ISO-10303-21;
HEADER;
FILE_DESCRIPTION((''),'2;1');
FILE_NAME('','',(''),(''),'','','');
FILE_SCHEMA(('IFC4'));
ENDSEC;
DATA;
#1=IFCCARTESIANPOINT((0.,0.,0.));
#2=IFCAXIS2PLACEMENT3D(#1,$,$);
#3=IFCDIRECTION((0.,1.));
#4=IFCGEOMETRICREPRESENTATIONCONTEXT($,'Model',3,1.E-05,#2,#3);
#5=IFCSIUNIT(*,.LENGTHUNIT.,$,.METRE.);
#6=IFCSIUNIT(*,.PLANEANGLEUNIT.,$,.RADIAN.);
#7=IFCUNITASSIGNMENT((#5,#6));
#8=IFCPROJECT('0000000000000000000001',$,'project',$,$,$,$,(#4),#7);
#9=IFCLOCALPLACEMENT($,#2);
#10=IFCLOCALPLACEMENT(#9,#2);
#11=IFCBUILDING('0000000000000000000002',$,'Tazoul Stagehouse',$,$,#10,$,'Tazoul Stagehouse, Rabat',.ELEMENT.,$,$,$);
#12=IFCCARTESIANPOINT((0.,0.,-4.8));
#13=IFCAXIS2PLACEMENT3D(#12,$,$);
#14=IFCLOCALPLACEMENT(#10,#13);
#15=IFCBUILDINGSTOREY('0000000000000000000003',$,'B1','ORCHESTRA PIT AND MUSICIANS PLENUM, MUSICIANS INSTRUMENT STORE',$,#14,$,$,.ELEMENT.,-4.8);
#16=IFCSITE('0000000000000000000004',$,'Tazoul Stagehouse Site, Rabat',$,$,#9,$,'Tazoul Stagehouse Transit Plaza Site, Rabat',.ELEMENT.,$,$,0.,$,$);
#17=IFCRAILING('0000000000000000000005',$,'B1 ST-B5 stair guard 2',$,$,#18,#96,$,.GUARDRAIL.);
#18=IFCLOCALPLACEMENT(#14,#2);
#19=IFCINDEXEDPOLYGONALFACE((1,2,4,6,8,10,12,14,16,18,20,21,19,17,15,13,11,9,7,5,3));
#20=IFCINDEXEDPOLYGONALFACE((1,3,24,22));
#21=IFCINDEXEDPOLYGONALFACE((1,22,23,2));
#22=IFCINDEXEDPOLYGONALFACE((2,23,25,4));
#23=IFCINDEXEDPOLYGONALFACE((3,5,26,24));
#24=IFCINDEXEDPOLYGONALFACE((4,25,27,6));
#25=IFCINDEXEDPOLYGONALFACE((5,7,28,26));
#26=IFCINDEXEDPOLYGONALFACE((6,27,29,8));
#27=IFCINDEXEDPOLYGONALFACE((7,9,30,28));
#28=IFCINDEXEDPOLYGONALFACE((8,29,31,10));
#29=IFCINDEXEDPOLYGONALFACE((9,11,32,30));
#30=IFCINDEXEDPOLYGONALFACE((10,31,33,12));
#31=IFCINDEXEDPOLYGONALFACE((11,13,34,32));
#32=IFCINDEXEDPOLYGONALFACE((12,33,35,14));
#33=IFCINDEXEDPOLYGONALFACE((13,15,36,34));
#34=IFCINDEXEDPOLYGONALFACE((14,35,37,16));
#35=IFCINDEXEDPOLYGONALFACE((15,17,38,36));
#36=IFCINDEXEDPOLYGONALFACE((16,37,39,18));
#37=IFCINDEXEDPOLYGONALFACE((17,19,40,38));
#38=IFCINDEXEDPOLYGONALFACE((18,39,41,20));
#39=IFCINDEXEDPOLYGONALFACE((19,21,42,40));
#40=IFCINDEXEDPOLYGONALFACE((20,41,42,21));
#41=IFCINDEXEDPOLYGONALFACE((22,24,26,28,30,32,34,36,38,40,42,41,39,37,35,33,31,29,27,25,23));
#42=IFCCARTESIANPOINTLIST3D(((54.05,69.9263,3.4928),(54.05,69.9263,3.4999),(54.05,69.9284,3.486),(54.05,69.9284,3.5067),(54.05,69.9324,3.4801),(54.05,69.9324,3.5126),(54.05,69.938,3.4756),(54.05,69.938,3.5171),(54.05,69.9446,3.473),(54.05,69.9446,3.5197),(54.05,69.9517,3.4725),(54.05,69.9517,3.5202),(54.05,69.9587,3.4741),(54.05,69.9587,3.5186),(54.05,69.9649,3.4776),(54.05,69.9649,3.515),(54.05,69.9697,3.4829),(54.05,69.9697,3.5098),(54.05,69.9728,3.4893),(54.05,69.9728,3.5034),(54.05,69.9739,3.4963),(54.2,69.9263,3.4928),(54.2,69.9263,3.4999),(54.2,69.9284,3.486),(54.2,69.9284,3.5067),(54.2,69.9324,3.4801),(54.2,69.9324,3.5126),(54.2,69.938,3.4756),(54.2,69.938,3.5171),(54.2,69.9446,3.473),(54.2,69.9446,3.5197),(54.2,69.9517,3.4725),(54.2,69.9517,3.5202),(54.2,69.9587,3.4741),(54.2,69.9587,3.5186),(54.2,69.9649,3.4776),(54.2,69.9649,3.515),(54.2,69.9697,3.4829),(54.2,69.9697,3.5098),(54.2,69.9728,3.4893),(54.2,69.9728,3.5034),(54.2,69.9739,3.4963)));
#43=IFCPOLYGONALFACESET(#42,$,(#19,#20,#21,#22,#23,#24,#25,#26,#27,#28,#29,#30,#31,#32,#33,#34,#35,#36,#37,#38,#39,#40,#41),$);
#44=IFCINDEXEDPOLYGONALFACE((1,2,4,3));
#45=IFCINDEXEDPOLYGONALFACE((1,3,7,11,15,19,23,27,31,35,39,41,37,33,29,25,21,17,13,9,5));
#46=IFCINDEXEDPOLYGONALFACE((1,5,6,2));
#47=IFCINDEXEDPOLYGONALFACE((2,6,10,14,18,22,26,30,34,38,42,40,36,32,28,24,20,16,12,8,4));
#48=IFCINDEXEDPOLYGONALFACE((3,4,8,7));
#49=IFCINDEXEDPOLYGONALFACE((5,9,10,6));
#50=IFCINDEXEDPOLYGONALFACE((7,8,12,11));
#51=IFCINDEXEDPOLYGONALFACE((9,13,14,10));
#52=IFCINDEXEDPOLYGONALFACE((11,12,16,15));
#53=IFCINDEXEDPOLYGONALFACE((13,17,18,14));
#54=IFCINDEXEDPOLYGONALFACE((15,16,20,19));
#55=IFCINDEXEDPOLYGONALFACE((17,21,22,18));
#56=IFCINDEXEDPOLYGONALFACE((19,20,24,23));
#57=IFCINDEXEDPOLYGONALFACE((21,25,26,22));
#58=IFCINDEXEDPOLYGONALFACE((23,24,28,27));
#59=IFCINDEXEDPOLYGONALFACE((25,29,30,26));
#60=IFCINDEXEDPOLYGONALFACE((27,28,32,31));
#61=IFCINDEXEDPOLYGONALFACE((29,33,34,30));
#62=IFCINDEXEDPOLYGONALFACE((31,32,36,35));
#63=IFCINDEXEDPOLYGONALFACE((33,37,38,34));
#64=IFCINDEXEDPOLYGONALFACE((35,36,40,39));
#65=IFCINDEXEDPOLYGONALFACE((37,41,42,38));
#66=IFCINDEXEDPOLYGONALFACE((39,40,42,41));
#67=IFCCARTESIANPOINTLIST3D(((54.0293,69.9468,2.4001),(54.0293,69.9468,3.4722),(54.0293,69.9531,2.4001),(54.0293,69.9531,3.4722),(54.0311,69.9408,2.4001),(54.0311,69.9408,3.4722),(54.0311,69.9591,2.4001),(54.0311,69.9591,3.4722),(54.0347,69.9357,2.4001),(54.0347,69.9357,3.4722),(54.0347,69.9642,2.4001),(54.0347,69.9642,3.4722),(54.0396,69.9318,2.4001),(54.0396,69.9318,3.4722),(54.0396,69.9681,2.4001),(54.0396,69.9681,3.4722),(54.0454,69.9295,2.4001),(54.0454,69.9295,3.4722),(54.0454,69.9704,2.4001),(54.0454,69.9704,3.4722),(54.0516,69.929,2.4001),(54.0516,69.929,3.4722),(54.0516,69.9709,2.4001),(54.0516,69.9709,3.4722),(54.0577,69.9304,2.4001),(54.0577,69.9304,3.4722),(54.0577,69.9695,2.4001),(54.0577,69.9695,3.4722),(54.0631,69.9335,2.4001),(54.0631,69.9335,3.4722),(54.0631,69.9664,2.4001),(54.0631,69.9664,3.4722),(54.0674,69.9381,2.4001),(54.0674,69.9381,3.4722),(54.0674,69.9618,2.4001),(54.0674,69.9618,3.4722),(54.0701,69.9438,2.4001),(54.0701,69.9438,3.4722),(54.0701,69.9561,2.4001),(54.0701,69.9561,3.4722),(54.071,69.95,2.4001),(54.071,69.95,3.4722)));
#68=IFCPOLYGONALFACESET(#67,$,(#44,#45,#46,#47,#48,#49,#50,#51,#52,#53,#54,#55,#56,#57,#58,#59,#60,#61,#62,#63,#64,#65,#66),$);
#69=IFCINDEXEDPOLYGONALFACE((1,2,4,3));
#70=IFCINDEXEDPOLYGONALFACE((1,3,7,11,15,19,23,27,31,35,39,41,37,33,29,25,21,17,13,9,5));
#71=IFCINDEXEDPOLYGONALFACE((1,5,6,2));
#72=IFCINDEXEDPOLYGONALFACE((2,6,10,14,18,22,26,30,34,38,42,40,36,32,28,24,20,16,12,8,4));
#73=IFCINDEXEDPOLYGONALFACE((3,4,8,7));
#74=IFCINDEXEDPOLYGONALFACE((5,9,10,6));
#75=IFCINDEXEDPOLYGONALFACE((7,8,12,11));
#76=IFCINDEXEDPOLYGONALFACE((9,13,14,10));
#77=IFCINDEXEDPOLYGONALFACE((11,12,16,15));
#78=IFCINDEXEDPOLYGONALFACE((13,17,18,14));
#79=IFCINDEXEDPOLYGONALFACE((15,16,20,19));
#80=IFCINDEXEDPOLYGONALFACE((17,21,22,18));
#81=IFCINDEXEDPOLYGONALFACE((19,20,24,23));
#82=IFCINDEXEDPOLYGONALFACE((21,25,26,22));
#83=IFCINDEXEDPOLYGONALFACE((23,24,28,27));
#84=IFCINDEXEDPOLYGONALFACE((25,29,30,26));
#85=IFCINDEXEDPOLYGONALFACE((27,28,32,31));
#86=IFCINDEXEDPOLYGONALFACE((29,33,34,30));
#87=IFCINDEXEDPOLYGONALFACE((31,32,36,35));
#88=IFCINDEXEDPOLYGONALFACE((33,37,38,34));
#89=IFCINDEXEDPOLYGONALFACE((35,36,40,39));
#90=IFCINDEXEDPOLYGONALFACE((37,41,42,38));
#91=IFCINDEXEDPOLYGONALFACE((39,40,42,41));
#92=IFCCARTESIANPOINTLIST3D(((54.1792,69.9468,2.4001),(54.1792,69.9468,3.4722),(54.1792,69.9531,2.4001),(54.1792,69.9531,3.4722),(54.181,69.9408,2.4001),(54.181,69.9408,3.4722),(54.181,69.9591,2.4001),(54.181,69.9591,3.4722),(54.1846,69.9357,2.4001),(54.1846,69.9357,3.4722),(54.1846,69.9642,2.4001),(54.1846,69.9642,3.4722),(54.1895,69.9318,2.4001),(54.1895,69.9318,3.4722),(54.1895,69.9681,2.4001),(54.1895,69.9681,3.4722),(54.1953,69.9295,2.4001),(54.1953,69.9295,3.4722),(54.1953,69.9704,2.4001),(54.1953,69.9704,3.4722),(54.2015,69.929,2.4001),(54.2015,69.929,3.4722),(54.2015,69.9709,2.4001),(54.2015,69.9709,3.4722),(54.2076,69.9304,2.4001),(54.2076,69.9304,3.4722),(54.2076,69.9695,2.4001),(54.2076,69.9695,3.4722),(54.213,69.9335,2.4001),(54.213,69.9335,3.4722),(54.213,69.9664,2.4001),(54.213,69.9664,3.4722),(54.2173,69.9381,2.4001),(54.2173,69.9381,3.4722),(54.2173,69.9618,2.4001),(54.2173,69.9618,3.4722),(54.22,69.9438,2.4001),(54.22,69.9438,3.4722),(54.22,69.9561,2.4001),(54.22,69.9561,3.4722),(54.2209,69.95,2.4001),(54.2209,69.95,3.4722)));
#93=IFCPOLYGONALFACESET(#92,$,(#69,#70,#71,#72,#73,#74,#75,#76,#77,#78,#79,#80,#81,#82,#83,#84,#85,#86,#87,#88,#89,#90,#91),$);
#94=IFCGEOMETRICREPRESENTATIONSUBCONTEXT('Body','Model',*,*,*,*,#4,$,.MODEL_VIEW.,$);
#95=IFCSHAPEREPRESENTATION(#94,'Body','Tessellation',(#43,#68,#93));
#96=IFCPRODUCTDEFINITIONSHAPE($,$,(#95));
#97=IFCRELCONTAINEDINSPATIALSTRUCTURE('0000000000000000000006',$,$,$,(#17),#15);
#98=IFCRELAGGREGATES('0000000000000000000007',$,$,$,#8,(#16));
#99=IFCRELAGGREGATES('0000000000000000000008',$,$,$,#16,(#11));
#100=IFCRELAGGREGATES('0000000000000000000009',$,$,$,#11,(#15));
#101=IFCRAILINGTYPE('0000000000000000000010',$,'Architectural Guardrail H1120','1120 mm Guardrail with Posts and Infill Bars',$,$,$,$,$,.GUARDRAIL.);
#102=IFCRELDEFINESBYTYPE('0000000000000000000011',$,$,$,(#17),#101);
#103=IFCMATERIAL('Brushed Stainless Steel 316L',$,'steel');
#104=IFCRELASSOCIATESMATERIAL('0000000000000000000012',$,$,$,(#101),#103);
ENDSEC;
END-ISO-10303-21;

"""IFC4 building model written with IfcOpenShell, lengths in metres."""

from ifc_helpers import new_model, si_unit, direction, frame, origin, origin_2d, place, context, subcontext, project, spatial, circle, extrude, material, material_profile, profile_set, type_object, element, save


model = new_model("IFC4")

# Units and contexts
model_context = context("Model", 3, precision=1e-05, world=origin(), true_north=direction((0.0, 1.0)))
body_context = subcontext(model_context, "Body", "Model", "MODEL_VIEW")
ifc_project = project(units=[si_unit("LENGTHUNIT", "METRE"), si_unit("PLANEANGLEUNIT", "RADIAN")], contexts=[model_context])

# Site, building, storey
site_placement = place(None, origin())
site = spatial("IfcSite", under=ifc_project, at=site_placement, Name="Tazoul Stagehouse Site, Rabat", LongName="Tazoul Stagehouse Transit Plaza Site, Rabat", CompositionType="ELEMENT", RefElevation=0.0)
building_placement = place(site_placement, origin())
building = spatial("IfcBuilding", under=site, at=building_placement, Name="Tazoul Stagehouse", LongName="Tazoul Stagehouse, Rabat", CompositionType="ELEMENT")
storey_placement = place(building_placement, frame((0.0, 0.0, -4.8)))
storey = spatial("IfcBuildingStorey", under=building, at=storey_placement, Name="B1", Description="ORCHESTRA PIT AND MUSICIANS PLENUM, MUSICIANS INSTRUMENT STORE", CompositionType="ELEMENT", Elevation=-4.8)

# Railing
ifc_material_1 = material(Name="Brushed Stainless Steel 316L", Category="steel")
ifc_material_profile_1 = material_profile(ifc_material_1, circle(Radius=0.0239, at=origin_2d()), Name="SS RAIL D48")
ifc_profile_set_1 = profile_set([ifc_material_profile_1], Name="Brushed Stainless Steel 316L")
railing_type = type_object("IfcRailingType", Name="Architectural Guardrail H1120", Description="1120 mm Guardrail with Posts and Infill Bars", PredefinedType="GUARDRAIL", material=ifc_profile_set_1)
railing_1_placement = place(storey_placement, frame((54.05, 69.95, 2.4001)))
element("IfcRailing", 1, at=railing_1_placement, inside=storey, type_object=railing_type, Name="B1 ST-B5 stair guard 2", PredefinedType="GUARDRAIL", context=body_context, shape_type="SweptSolid", body=[
    extrude(circle(Radius=0.0239, at=origin_2d()), frame((0.0, 0.0, 1.0962), z_axis=(1.0, 0.0, 0.0), x_axis=(0.0, 1.0, 0.0)), (0.0, 0.0, 1.0), 0.1499),
    extrude(circle(Radius=0.021, at=origin_2d()), origin(), (0.0, 0.0, 1.0), 1.072),
    extrude(circle(Radius=0.021, at=origin_2d()), frame((0.1499, 0.0, 0.0)), (0.0, 0.0, 1.0), 1.072),
])

save(model, "model.ifc")
